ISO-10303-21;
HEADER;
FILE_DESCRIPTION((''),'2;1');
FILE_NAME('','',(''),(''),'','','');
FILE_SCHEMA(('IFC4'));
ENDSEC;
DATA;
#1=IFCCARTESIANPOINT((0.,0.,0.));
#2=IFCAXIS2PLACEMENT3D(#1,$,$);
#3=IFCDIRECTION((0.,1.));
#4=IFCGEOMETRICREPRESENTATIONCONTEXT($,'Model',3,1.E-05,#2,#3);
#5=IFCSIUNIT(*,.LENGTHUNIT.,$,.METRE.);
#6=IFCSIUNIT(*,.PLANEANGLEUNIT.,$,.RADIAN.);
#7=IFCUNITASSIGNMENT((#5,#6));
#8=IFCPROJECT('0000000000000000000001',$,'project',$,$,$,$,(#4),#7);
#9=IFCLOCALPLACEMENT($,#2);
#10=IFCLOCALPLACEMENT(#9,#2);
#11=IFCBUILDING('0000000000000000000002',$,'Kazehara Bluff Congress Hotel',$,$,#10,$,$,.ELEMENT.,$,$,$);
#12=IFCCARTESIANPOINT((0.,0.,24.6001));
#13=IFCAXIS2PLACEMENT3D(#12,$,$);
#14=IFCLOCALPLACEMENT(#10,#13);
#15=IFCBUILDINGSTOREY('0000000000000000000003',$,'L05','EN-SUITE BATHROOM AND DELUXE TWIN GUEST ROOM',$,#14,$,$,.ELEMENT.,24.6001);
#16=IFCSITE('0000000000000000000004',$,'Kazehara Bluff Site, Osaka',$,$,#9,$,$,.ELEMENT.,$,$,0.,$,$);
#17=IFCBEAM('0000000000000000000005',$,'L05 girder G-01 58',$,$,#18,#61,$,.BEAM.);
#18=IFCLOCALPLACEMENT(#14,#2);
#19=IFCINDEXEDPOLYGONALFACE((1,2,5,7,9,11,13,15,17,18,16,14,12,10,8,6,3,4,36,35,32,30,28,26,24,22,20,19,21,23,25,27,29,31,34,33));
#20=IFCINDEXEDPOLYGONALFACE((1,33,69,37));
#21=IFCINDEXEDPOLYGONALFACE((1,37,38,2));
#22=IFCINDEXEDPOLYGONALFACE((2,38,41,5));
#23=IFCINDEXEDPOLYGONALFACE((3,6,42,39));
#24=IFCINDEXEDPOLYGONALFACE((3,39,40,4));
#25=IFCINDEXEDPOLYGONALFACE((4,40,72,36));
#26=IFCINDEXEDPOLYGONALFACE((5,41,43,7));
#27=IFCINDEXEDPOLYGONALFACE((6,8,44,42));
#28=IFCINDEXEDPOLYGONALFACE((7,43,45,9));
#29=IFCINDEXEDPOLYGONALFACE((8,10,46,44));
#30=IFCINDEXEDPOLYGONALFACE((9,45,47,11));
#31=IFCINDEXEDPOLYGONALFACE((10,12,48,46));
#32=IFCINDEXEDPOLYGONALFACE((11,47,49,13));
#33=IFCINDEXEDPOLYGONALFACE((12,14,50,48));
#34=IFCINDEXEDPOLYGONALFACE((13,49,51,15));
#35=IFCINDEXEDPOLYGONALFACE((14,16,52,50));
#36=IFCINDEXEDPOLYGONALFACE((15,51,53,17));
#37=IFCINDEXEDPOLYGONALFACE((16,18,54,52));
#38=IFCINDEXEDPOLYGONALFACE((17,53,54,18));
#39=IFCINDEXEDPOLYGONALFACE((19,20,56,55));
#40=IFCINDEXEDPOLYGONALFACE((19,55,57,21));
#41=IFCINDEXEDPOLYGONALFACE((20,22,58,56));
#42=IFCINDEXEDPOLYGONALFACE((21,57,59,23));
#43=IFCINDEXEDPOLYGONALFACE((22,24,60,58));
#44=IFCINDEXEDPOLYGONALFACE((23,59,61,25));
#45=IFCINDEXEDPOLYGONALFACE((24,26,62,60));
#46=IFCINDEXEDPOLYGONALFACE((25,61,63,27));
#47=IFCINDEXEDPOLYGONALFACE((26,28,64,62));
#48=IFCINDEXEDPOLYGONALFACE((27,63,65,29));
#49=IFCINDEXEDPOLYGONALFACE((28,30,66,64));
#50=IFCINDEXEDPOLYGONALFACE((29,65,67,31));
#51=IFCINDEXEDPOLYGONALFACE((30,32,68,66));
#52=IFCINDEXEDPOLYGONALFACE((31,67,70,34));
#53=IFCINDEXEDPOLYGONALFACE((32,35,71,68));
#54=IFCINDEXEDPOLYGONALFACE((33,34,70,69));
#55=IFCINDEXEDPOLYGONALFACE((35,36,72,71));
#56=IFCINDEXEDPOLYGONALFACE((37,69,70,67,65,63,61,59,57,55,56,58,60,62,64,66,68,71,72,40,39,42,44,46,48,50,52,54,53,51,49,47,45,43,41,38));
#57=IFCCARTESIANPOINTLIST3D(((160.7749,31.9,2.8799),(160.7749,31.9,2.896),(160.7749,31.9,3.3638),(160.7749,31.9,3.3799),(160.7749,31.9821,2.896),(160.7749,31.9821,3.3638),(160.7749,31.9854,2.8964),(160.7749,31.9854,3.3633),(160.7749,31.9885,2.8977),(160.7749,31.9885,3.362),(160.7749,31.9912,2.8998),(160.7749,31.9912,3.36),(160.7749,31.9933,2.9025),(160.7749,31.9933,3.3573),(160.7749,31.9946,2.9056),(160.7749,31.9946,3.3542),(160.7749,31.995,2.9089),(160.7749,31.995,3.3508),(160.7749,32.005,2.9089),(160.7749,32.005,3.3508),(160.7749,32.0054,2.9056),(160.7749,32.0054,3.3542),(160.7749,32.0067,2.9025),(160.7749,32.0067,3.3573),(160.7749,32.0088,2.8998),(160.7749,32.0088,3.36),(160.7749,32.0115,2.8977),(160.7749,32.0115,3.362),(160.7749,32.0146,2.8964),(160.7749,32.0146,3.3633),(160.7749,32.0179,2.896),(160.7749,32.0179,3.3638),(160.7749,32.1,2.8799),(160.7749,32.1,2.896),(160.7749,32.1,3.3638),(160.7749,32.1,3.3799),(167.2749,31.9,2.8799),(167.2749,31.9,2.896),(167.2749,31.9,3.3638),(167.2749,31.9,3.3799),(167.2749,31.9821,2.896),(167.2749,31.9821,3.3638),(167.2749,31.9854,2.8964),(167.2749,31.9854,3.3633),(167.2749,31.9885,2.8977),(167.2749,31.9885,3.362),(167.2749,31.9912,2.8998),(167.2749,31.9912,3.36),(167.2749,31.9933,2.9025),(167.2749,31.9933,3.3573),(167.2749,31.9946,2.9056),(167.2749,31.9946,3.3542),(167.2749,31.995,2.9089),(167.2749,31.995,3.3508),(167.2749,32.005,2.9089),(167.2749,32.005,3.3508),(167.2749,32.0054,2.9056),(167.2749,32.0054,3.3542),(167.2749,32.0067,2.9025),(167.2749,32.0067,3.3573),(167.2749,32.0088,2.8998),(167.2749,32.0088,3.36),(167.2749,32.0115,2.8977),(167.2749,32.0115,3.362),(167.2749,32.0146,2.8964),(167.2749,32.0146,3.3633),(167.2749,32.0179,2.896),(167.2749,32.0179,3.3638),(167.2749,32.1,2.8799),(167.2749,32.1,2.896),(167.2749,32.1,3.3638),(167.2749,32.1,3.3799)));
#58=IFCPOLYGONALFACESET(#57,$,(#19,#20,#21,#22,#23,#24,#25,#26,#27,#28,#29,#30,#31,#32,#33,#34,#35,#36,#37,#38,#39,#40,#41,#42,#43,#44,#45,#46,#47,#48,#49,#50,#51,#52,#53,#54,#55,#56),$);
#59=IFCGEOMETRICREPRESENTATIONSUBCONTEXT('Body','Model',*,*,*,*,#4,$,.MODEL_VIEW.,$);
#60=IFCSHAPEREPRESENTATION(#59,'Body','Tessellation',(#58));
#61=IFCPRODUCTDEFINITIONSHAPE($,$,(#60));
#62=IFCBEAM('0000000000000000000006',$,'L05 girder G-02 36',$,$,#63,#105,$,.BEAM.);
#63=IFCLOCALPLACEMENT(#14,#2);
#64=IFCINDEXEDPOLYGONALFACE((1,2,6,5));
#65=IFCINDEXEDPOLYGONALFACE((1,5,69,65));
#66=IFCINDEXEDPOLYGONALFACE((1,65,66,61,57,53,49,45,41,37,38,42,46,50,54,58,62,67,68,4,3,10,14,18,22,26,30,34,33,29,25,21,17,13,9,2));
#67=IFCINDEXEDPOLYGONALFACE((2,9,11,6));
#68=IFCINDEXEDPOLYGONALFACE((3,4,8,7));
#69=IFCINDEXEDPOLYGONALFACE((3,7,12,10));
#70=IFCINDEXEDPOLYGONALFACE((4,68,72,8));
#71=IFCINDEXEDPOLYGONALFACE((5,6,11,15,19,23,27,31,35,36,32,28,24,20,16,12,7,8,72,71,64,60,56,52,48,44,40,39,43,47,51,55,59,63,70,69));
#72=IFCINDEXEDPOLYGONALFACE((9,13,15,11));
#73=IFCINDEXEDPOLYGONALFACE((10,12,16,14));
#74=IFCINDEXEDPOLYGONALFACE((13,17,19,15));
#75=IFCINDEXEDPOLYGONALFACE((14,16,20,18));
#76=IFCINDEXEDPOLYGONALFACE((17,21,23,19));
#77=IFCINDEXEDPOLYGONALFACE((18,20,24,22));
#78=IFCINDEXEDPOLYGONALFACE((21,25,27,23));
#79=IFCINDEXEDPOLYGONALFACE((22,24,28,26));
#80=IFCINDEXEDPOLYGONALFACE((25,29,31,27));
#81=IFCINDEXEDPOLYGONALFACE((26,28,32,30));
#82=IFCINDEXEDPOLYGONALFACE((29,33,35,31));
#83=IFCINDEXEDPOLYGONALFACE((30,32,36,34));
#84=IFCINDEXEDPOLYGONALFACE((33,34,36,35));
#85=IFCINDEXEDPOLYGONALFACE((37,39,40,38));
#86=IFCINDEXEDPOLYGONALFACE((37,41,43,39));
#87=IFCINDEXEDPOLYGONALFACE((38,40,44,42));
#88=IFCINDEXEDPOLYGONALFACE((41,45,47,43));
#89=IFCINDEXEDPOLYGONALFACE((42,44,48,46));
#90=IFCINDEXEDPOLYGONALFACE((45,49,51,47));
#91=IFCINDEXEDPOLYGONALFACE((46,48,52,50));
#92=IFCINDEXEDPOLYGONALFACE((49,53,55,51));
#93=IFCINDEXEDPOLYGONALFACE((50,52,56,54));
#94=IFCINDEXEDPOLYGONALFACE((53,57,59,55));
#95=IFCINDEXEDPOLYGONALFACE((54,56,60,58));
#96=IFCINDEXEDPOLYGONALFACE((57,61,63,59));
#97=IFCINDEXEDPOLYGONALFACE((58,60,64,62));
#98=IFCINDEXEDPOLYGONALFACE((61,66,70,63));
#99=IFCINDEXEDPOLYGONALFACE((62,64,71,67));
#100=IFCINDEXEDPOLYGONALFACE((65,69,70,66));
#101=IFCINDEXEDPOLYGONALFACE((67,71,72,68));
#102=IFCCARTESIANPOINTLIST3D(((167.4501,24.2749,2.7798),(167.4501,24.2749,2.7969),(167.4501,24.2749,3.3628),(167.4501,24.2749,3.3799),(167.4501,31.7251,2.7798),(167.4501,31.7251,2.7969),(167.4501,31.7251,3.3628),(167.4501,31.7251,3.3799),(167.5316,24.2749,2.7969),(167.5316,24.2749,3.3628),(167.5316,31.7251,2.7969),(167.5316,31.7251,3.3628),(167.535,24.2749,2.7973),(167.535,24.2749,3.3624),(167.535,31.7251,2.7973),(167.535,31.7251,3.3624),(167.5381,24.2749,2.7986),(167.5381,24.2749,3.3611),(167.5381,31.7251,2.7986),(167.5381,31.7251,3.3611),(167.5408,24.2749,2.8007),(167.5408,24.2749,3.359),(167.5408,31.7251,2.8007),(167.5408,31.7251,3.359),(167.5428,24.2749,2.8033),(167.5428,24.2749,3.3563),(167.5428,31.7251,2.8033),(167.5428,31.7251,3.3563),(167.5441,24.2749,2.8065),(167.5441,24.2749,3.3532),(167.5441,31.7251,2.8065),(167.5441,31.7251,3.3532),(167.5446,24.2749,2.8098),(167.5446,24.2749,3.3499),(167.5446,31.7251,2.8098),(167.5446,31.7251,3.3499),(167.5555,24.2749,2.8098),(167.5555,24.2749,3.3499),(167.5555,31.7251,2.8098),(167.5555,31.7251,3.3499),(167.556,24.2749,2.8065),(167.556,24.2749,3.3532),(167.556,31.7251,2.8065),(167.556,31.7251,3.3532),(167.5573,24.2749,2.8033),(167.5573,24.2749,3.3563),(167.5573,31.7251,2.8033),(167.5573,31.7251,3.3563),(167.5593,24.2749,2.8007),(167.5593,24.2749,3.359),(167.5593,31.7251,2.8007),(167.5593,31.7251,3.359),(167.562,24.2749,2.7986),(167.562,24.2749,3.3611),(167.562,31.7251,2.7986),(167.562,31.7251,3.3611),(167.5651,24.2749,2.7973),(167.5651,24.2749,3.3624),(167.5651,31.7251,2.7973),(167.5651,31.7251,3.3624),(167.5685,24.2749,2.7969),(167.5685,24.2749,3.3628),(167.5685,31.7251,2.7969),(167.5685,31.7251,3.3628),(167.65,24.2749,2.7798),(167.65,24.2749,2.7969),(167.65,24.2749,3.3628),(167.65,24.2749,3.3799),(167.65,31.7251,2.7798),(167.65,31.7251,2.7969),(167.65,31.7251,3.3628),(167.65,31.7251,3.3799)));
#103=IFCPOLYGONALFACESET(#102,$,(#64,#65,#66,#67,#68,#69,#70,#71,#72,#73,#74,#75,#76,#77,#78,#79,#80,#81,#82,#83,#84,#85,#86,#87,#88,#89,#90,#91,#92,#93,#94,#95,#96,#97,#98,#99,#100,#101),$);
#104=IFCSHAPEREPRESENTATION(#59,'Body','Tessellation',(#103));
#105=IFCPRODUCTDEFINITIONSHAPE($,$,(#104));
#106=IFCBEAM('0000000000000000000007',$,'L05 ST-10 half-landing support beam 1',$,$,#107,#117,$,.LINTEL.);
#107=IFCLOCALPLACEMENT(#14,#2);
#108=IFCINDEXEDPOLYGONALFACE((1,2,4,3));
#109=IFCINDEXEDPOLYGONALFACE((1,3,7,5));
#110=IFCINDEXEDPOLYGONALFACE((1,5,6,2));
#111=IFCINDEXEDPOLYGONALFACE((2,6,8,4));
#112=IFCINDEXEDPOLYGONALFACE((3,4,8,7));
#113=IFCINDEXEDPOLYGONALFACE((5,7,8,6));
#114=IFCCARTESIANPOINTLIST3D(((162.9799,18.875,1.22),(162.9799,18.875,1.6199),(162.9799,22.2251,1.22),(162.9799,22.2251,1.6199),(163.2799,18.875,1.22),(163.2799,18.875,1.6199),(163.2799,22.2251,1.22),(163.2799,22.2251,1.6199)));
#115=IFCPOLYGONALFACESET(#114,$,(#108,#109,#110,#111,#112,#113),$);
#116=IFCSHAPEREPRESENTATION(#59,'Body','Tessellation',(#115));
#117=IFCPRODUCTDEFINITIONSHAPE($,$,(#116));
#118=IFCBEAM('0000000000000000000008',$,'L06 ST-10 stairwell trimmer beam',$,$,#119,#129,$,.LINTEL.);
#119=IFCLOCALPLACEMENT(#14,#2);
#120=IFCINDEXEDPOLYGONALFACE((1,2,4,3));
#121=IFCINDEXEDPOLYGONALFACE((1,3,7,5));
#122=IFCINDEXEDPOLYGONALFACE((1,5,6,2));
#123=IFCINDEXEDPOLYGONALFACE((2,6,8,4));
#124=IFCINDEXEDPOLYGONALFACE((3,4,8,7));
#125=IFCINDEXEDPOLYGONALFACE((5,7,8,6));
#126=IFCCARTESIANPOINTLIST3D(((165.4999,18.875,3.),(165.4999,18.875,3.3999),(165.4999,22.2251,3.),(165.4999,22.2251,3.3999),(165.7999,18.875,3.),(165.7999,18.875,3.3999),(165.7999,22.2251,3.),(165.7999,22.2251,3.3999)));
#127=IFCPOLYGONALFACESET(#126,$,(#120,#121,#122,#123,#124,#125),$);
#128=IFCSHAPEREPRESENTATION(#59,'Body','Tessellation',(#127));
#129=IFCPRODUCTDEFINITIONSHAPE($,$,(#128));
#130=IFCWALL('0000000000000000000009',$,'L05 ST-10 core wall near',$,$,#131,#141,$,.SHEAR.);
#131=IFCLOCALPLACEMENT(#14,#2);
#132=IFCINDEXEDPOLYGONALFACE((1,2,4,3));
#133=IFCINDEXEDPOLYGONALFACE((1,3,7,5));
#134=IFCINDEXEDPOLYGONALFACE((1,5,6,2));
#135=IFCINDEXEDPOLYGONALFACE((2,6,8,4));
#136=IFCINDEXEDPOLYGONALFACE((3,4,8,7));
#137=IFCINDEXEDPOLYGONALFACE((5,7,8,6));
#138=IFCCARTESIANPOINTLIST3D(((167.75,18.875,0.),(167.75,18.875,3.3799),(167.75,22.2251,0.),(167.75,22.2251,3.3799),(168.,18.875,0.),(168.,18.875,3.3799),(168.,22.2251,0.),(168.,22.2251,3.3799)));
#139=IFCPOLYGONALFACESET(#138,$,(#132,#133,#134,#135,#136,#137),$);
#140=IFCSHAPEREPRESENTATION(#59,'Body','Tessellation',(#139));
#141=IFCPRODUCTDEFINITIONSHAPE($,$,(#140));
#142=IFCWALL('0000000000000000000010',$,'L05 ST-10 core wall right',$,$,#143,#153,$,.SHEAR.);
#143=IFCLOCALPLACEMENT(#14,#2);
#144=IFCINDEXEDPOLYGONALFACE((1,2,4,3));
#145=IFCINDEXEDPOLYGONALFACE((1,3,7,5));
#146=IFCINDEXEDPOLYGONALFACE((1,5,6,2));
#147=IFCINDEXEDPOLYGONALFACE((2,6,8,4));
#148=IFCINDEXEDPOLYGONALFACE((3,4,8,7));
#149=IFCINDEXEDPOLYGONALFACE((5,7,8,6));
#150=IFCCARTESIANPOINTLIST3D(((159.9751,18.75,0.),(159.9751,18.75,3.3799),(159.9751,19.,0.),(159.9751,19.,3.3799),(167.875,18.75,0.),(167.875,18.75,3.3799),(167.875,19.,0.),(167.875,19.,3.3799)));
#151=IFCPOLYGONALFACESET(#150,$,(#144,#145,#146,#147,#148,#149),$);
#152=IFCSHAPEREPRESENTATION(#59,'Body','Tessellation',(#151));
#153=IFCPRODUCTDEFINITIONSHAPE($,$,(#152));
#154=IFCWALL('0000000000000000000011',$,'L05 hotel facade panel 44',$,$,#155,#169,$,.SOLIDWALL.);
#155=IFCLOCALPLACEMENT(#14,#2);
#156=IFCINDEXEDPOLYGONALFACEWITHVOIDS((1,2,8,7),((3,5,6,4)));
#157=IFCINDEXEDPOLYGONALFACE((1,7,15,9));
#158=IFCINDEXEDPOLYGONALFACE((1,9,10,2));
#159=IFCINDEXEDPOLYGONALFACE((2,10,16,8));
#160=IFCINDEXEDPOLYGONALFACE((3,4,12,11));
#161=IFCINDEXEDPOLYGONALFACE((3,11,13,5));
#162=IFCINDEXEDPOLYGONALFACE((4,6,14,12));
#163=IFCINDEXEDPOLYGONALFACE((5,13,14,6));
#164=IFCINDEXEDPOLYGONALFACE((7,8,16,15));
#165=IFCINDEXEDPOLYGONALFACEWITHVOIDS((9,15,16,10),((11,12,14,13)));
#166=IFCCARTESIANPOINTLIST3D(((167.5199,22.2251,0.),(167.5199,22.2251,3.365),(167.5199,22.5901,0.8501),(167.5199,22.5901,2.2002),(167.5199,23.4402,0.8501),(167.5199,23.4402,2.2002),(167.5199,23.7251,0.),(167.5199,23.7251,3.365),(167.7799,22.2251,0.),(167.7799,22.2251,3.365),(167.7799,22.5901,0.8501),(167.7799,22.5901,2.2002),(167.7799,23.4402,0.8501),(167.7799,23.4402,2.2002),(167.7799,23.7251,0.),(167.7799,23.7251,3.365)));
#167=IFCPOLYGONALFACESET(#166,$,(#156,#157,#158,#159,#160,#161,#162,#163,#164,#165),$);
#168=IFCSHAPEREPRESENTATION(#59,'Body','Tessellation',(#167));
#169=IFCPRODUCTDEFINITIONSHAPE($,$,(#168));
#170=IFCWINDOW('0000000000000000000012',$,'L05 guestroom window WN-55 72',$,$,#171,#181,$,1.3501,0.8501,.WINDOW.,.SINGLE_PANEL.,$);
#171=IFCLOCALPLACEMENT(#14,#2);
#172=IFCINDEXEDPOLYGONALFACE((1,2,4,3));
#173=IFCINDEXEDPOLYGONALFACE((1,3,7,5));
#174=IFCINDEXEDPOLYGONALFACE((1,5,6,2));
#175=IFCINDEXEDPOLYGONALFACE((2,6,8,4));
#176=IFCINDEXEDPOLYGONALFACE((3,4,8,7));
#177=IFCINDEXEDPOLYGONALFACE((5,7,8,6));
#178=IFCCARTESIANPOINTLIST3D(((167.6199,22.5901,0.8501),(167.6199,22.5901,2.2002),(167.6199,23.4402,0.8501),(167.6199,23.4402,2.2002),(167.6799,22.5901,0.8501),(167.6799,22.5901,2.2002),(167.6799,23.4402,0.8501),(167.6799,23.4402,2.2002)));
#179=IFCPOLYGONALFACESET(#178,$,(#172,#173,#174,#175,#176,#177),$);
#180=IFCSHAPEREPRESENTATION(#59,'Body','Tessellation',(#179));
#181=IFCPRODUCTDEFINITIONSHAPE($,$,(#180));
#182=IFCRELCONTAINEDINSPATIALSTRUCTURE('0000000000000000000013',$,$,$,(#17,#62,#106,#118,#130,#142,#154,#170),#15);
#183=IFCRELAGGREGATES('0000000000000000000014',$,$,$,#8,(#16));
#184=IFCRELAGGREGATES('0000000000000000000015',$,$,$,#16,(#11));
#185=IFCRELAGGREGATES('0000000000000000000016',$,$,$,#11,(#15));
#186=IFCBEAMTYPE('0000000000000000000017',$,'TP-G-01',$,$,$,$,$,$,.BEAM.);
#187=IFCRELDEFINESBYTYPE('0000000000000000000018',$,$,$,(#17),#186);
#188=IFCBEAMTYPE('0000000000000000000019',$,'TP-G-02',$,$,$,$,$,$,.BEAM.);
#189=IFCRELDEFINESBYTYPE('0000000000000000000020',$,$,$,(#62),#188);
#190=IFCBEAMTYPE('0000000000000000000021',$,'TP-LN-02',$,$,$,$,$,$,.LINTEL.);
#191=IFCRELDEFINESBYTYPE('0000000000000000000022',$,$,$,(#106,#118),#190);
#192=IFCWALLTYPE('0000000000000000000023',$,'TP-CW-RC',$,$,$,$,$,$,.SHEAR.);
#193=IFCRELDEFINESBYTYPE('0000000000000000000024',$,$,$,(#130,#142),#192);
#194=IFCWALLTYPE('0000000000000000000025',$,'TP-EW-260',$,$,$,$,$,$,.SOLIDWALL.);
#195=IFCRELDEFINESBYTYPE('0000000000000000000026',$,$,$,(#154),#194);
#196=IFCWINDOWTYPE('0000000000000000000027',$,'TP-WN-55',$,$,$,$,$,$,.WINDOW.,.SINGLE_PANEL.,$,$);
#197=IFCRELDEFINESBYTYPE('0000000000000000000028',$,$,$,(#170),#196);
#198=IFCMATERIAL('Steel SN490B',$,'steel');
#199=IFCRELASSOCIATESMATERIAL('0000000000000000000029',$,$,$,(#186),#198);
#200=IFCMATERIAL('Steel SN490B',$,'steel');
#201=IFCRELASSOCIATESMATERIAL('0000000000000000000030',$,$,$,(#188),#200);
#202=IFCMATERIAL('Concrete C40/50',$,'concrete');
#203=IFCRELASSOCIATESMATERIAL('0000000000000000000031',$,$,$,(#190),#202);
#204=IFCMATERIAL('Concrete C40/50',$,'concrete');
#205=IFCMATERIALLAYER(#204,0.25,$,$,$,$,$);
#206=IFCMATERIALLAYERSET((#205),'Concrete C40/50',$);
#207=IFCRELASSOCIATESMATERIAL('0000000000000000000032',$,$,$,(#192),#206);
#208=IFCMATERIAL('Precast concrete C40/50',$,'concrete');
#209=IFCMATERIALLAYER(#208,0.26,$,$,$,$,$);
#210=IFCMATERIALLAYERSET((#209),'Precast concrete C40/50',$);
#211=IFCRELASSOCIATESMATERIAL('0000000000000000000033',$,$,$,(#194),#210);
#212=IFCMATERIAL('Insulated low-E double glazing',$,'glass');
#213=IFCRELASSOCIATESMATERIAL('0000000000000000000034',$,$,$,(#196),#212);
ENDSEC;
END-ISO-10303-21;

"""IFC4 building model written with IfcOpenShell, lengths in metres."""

from ifc_helpers import new_model, si_unit, direction, frame, frame_2d, origin, origin_2d, place, context, subcontext, project, spatial, rectangle, i_section, extrude, material, layer, layer_set, material_profile, profile_set, type_object, element, fill, save


model = new_model("IFC4")

# Units and contexts
model_context = context("Model", 3, precision=1e-05, world=origin(), true_north=direction((0.0, 1.0)))
body_context = subcontext(model_context, "Body", "Model", "MODEL_VIEW")
ifc_project = project(units=[si_unit("LENGTHUNIT", "METRE"), si_unit("PLANEANGLEUNIT", "RADIAN")], contexts=[model_context])

# Site, building, storey
site_placement = place(None, origin())
site = spatial("IfcSite", under=ifc_project, at=site_placement, Name="Kazehara Bluff Site, Osaka", CompositionType="ELEMENT", RefElevation=0.0)
building_placement = place(site_placement, origin())
building = spatial("IfcBuilding", under=site, at=building_placement, Name="Kazehara Bluff Congress Hotel", CompositionType="ELEMENT")
storey_placement = place(building_placement, frame((0.0, 0.0, 24.6001)))
storey = spatial("IfcBuildingStorey", under=building, at=storey_placement, Name="L05", Description="EN-SUITE BATHROOM AND DELUXE TWIN GUEST ROOM", CompositionType="ELEMENT", Elevation=24.6001)

# Beams
ifc_material_1 = material(Name="Steel SN490B", Category="steel")
ifc_material_profile_1 = material_profile(ifc_material_1, i_section(OverallWidth=0.2, OverallDepth=0.5, WebThickness=0.01, FlangeThickness=0.0161, FilletRadius=0.0129, at=origin_2d()))
ifc_profile_set_1 = profile_set([ifc_material_profile_1], Name="Steel SN490B")
beam_type_1 = type_object("IfcBeamType", Name="TP-G-01", PredefinedType="BEAM", material=ifc_profile_set_1)
for number, where, z_axis, x_axis, name in (
    (1, (160.7749, 32.0, 3.1299), (1.0, 0.0, 0.0), (0.0, 1.0, 0.0), "L05 girder G-01 58"),
):
    element("IfcBeam", number, at=place(storey_placement, frame(where, z_axis=z_axis, x_axis=x_axis)), inside=storey, type_object=beam_type_1, Name=name, PredefinedType="BEAM", context=body_context, shape_type="SweptSolid", body=[
        extrude(i_section(OverallWidth=0.2, OverallDepth=0.5, WebThickness=0.01, FlangeThickness=0.0161, FilletRadius=0.0129, at=origin_2d()), origin(), (0.0, 0.0, 1.0), 6.5),
    ])
ifc_material_2 = material(Name="Steel SN490B", Category="steel")
ifc_material_profile_2 = material_profile(ifc_material_2, i_section(OverallWidth=0.2, OverallDepth=0.6001, WebThickness=0.011, FlangeThickness=0.0171, FilletRadius=0.0129, at=origin_2d()))
ifc_profile_set_2 = profile_set([ifc_material_profile_2], Name="Steel SN490B")
beam_type_2 = type_object("IfcBeamType", Name="TP-G-02", PredefinedType="BEAM", material=ifc_profile_set_2)
beam_placement = place(storey_placement, frame((167.55, 24.2749, 3.0798), z_axis=(0.0, 1.0, 0.0), x_axis=(-1.0, 0.0, 0.0)))
element("IfcBeam", 2, at=beam_placement, inside=storey, type_object=beam_type_2, Name="L05 girder G-02 36", PredefinedType="BEAM", context=body_context, shape_type="SweptSolid", body=[
    extrude(i_section(OverallWidth=0.2, OverallDepth=0.6001, WebThickness=0.011, FlangeThickness=0.0171, FilletRadius=0.0129, at=origin_2d()), origin(), (0.0, 0.0, 1.0), 7.4502),
])
ifc_material_3 = material(Name="Concrete C40/50", Category="concrete")
ifc_material_profile_3 = material_profile(ifc_material_3, rectangle(XDim=0.3, YDim=0.3999, at=origin_2d()))
ifc_profile_set_3 = profile_set([ifc_material_profile_3], Name="Concrete C40/50")
beam_type_3 = type_object("IfcBeamType", Name="TP-LN-02", PredefinedType="LINTEL", material=ifc_profile_set_3)
for number, where, z_axis, x_axis, name in (
    (3, (163.1299, 22.2251, 1.4199), (0.0, -1.0, 0.0), (1.0, 0.0, 0.0), "L05 ST-10 half-landing support beam 1"),
    (4, (165.6499, 22.2251, 3.2), (0.0, -1.0, 0.0), (1.0, 0.0, 0.0), "L06 ST-10 stairwell trimmer beam"),
):
    element("IfcBeam", number, at=place(storey_placement, frame(where, z_axis=z_axis, x_axis=x_axis)), inside=storey, type_object=beam_type_3, Name=name, PredefinedType="LINTEL", context=body_context, shape_type="SweptSolid", body=[
        extrude(rectangle(XDim=0.3, YDim=0.3999, at=origin_2d()), origin(), (0.0, 0.0, 1.0), 3.3501),
    ])

# Walls
ifc_material_4 = material(Name="Concrete C40/50", Category="concrete")
ifc_layer_1 = layer(ifc_material_4, 0.25)
ifc_layer_set_1 = layer_set([ifc_layer_1], Name="Concrete C40/50")
wall_type_1 = type_object("IfcWallType", Name="TP-CW-RC", PredefinedType="SHEAR", material=ifc_layer_set_1)
wall_1_placement = place(storey_placement, frame((167.875, 22.2251, 0.0), z_axis=(0.0, 0.0, 1.0), x_axis=(0.0, -1.0, 0.0)))
element("IfcWall", 5, at=wall_1_placement, inside=storey, type_object=wall_type_1, Name="L05 ST-10 core wall near", PredefinedType="SHEAR", context=body_context, shape_type="SweptSolid", body=[
    extrude(rectangle(XDim=3.3501, YDim=0.25, at=frame_2d((1.675, 0.0))), origin(), (0.0, 0.0, 1.0), 3.3799),
])
wall_2_placement = place(storey_placement, frame((167.875, 18.875, 0.0), z_axis=(0.0, 0.0, 1.0), x_axis=(-1.0, 0.0, 0.0)))
element("IfcWall", 6, at=wall_2_placement, inside=storey, type_object=wall_type_1, Name="L05 ST-10 core wall right", PredefinedType="SHEAR", context=body_context, shape_type="SweptSolid", body=[
    extrude(rectangle(XDim=7.8999, YDim=0.25, at=frame_2d((3.95, 0.0))), origin(), (0.0, 0.0, 1.0), 3.3799),
])

# Wall, opening, window
ifc_material_5 = material(Name="Precast concrete C40/50", Category="concrete")
ifc_layer_2 = layer(ifc_material_5, 0.26)
ifc_layer_set_2 = layer_set([ifc_layer_2], Name="Precast concrete C40/50")
wall_type_2 = type_object("IfcWallType", Name="TP-EW-260", PredefinedType="SOLIDWALL", material=ifc_layer_set_2)
wall_3_placement = place(storey_placement, frame((167.6499, 23.7251, 0.0), z_axis=(0.0, 0.0, 1.0), x_axis=(0.0, -1.0, 0.0)))
wall_3 = element("IfcWall", 7, at=wall_3_placement, inside=storey, type_object=wall_type_2, Name="L05 hotel facade panel 44", PredefinedType="SOLIDWALL", context=body_context, shape_type="SweptSolid", body=[
    extrude(rectangle(XDim=1.5, YDim=0.26, at=frame_2d((0.75, 0.0))), origin(), (0.0, 0.0, 1.0), 3.365),
])
opening_1_placement = place(wall_3_placement, frame((0.2849, 0.0, 0.8501)))
opening_1 = element("IfcOpeningElement", 8, at=opening_1_placement, cuts=wall_3, PredefinedType="OPENING", context=body_context, shape_type="SweptSolid", body=[
    extrude(rectangle(XDim=0.8501, YDim=1.3501, at=frame_2d((0.425, 0.675))), frame((0.0, 0.1399, 0.0), z_axis=(0.0, -1.0, 0.0), x_axis=(1.0, 0.0, 0.0)), (0.0, 0.0, 1.0), 0.28),
])
ifc_material_6 = material(Name="Insulated low-E double glazing", Category="glass")
window_type_1 = type_object("IfcWindowType", Name="TP-WN-55", PartitioningType="SINGLE_PANEL", PredefinedType="WINDOW", material=ifc_material_6)
window_1_placement = place(opening_1_placement, origin())
window_1 = element("IfcWindow", 9, at=window_1_placement, inside=storey, type_object=window_type_1, Name="L05 guestroom window WN-55 72", OverallHeight=1.3501, OverallWidth=0.8501, PartitioningType="SINGLE_PANEL", PredefinedType="WINDOW", context=body_context, shape_type="SweptSolid", body=[
    extrude(rectangle(XDim=0.8501, YDim=1.3501, at=frame_2d((0.425, 0.675))), frame((0.0, 0.03, 0.0), z_axis=(0.0, -1.0, 0.0), x_axis=(1.0, 0.0, 0.0)), (0.0, 0.0, 1.0), 0.0601),
])
fill(opening_1, window_1)

save(model, "model.ifc")
